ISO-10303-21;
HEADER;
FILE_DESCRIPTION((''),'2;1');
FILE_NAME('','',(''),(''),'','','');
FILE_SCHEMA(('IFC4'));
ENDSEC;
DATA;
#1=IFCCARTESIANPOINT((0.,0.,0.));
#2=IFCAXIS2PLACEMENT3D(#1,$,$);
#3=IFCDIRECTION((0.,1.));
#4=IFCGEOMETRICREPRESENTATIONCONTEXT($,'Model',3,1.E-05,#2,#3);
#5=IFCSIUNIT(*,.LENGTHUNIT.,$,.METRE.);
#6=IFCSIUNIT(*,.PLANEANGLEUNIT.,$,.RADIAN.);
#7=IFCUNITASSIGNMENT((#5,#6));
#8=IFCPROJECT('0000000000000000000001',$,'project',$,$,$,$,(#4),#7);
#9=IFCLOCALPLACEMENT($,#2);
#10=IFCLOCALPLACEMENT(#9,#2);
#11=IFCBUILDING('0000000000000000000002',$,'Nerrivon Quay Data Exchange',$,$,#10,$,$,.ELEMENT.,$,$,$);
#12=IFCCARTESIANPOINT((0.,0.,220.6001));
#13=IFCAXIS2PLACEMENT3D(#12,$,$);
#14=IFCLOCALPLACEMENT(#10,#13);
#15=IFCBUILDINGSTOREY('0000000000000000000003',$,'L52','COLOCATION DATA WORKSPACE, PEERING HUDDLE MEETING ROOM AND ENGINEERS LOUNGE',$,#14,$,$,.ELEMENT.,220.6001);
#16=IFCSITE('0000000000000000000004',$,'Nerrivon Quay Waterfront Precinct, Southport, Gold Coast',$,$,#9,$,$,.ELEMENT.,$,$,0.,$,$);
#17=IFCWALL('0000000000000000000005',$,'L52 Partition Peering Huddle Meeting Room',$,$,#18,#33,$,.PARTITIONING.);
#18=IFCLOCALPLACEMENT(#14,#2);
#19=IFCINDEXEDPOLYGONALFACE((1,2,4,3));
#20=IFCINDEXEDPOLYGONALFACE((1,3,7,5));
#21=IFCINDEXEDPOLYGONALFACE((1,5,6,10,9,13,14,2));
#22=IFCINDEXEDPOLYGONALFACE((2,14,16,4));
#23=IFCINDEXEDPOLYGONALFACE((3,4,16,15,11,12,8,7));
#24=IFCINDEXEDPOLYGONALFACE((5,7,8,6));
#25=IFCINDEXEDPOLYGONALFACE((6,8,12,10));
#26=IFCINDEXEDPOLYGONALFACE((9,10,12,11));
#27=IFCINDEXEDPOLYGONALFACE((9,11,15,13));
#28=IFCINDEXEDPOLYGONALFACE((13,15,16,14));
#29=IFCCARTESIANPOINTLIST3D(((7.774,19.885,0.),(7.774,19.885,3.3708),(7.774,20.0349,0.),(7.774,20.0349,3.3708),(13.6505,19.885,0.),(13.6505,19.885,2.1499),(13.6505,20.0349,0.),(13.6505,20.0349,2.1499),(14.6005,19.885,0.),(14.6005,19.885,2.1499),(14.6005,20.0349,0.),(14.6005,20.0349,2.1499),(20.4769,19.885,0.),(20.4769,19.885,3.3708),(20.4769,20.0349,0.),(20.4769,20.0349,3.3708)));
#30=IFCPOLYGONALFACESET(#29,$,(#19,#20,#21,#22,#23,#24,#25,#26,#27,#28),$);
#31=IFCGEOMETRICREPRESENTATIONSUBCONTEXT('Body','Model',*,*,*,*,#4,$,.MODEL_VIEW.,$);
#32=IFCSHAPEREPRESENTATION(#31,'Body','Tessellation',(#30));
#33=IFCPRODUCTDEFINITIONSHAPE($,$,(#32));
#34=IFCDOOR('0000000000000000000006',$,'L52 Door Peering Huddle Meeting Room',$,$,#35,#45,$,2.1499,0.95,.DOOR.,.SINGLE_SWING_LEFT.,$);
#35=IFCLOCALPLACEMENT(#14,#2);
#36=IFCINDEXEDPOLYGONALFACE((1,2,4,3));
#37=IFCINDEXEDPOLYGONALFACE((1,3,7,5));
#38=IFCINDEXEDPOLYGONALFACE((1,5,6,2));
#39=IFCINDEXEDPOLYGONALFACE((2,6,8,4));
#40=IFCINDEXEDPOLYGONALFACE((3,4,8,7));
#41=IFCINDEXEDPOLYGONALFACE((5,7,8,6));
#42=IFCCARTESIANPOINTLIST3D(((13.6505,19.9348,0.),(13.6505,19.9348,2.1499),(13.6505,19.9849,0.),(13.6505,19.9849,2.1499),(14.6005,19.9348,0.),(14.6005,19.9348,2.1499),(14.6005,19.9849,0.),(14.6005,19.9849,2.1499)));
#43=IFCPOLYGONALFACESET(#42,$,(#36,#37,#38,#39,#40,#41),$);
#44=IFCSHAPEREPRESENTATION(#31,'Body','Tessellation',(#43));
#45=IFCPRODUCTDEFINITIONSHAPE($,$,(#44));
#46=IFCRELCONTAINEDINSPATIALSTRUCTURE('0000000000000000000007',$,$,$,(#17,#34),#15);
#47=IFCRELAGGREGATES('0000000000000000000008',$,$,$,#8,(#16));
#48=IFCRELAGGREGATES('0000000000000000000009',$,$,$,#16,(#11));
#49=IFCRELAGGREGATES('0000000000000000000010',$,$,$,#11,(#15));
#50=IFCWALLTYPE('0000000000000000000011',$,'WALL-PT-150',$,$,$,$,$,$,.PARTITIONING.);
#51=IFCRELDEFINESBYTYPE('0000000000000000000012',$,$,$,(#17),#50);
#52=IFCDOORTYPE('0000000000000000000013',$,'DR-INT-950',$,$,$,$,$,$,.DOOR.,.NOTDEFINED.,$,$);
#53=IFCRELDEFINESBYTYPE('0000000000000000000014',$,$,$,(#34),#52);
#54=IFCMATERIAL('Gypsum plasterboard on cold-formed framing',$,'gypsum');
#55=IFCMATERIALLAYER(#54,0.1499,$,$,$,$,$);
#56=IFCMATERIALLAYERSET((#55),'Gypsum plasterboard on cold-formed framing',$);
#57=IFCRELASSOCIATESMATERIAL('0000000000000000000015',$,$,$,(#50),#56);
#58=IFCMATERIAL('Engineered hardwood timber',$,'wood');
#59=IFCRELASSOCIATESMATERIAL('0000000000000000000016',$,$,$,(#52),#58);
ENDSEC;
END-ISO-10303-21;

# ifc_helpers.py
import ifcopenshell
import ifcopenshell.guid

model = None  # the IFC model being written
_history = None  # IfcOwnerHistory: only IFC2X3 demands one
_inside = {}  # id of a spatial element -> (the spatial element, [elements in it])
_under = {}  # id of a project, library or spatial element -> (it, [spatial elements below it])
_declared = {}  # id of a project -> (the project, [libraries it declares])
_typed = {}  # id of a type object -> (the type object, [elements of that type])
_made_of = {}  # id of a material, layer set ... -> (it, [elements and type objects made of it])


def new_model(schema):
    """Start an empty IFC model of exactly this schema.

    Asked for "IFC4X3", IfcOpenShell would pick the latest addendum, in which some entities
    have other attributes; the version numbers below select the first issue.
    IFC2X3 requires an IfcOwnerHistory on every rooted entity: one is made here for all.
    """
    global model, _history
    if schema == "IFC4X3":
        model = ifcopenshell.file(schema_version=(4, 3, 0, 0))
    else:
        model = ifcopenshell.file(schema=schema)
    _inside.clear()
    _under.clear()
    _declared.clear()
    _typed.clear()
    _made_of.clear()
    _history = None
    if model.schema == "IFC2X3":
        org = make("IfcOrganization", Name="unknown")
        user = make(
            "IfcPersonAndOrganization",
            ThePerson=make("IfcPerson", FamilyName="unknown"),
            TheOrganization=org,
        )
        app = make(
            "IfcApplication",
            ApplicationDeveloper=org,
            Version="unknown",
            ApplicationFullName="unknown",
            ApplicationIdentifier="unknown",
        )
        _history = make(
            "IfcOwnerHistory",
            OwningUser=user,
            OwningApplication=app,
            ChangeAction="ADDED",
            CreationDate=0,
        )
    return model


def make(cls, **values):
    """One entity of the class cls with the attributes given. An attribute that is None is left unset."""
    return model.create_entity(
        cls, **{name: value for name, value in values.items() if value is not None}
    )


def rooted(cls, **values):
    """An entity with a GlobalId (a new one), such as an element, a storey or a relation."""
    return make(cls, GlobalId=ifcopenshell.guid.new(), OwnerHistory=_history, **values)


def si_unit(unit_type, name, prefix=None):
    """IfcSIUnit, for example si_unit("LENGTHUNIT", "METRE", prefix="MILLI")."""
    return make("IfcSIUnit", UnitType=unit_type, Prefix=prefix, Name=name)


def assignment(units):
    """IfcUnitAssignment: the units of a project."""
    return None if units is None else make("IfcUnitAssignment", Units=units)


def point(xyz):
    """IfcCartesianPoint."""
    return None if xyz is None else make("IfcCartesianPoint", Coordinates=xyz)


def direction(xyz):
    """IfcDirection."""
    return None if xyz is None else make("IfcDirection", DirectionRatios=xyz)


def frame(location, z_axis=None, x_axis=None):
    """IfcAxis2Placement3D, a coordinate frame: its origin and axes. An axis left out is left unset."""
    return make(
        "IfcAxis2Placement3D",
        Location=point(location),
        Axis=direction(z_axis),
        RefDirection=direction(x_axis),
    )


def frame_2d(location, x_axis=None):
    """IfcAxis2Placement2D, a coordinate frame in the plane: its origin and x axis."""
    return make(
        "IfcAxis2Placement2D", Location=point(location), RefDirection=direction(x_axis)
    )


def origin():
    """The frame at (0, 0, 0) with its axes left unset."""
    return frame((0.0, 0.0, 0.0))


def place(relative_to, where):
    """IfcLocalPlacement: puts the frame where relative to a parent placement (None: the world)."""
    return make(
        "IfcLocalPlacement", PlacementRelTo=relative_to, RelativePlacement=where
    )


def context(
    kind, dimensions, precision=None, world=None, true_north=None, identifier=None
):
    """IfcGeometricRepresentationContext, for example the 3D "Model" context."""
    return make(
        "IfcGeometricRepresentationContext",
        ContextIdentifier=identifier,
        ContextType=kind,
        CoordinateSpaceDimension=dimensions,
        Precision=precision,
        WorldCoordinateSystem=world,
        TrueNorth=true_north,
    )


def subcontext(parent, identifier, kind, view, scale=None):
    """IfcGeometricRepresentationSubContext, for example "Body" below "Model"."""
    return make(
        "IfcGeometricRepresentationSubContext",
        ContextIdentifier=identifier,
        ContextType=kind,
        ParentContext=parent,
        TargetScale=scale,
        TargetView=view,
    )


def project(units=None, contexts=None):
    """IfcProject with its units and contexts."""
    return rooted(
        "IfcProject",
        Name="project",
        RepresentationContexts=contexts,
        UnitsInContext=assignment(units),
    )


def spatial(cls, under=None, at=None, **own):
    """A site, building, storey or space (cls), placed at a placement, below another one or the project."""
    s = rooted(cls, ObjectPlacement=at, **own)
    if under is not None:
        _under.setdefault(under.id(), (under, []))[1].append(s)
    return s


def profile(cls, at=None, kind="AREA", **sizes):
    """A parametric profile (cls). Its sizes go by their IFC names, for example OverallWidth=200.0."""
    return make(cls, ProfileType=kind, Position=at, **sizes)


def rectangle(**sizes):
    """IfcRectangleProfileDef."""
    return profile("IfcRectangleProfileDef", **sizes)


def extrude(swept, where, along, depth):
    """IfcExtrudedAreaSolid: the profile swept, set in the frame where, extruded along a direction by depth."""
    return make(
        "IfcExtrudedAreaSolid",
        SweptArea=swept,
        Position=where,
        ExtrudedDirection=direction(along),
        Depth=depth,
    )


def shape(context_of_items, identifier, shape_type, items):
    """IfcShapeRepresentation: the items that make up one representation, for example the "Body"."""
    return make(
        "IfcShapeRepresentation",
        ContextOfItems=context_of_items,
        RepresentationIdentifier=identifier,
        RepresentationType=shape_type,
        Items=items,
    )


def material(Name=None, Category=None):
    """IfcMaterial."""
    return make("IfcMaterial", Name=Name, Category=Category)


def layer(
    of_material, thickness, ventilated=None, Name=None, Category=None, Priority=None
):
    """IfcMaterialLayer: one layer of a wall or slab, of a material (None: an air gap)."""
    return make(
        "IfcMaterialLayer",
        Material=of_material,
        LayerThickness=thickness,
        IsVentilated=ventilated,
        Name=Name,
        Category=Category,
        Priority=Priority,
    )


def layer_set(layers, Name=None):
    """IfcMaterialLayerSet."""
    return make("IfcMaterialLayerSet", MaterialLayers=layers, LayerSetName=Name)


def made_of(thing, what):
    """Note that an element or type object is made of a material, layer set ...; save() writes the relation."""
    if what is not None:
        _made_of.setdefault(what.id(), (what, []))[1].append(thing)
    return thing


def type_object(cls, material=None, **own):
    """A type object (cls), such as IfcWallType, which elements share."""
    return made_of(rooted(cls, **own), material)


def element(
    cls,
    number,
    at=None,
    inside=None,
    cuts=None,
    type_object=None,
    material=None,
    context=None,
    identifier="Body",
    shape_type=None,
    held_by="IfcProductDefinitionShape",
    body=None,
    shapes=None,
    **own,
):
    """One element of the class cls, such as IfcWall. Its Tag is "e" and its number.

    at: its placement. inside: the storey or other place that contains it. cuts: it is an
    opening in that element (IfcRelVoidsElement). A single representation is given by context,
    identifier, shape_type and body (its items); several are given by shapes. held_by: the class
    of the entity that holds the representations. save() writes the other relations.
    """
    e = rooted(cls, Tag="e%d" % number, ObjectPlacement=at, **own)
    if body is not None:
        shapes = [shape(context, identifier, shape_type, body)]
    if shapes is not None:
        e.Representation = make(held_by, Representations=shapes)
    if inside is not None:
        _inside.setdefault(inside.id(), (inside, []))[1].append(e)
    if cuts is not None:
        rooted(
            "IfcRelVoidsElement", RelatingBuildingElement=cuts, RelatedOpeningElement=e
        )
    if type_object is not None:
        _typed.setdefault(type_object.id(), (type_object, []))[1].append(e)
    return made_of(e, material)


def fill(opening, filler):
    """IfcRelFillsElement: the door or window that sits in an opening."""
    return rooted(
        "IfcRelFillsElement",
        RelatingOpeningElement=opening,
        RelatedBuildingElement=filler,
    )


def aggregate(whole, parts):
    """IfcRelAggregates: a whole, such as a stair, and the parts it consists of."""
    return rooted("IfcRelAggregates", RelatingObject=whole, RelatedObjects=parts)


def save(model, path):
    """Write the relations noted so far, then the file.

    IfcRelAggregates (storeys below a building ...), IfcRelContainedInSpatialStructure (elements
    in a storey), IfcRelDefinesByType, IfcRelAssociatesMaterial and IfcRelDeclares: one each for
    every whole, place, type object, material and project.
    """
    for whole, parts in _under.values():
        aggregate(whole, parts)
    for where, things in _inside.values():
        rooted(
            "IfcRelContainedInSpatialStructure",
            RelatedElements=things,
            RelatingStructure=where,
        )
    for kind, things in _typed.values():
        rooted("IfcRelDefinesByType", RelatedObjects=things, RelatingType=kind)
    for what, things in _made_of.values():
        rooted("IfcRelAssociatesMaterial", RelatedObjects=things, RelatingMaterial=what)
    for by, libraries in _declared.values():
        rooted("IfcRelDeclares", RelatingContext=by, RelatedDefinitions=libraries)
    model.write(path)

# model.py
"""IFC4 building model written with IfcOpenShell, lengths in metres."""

from ifc_helpers import new_model, si_unit, direction, frame, frame_2d, origin, place, context, subcontext, project, spatial, rectangle, extrude, material, layer, layer_set, type_object, element, fill, save


model = new_model("IFC4")

# Units and contexts
model_context = context("Model", 3, precision=1e-05, world=origin(), true_north=direction((0.0, 1.0)))
body_context = subcontext(model_context, "Body", "Model", "MODEL_VIEW")
ifc_project = project(units=[si_unit("LENGTHUNIT", "METRE"), si_unit("PLANEANGLEUNIT", "RADIAN")], contexts=[model_context])

# Site, building, storey
site_placement = place(None, origin())
site = spatial("IfcSite", under=ifc_project, at=site_placement, Name="Nerrivon Quay Waterfront Precinct, Southport, Gold Coast", CompositionType="ELEMENT", RefElevation=0.0)
building_placement = place(site_placement, origin())
building = spatial("IfcBuilding", under=site, at=building_placement, Name="Nerrivon Quay Data Exchange", CompositionType="ELEMENT")
storey_placement = place(building_placement, frame((0.0, 0.0, 220.6001)))
storey = spatial("IfcBuildingStorey", under=building, at=storey_placement, Name="L52", Description="COLOCATION DATA WORKSPACE, PEERING HUDDLE MEETING ROOM AND ENGINEERS LOUNGE", CompositionType="ELEMENT", Elevation=220.6001)

# Shared definitions
ifc_material_1 = material(Name="Gypsum plasterboard on cold-formed framing", Category="gypsum")

# Shared definitions
ifc_layer_1 = layer(ifc_material_1, 0.1499)
ifc_layer_set_1 = layer_set([ifc_layer_1], Name="Gypsum plasterboard on cold-formed framing")
wall_type_1 = type_object("IfcWallType", Name="WALL-PT-150", PredefinedType="PARTITIONING", material=ifc_layer_set_1)
ifc_material_2 = material(Name="Engineered hardwood timber", Category="wood")
door_type_1 = type_object("IfcDoorType", Name="DR-INT-950", OperationType="NOTDEFINED", PredefinedType="DOOR", material=ifc_material_2)

# Wall, opening, door
wall_1_placement = place(storey_placement, frame((7.7739, 19.96, 0.0), z_axis=(0.0, 0.0, 1.0), x_axis=(1.0, 0.0, 0.0)))
wall_1 = element("IfcWall", 1, at=wall_1_placement, inside=storey, type_object=wall_type_1, Name="L52 Partition Peering Huddle Meeting Room", PredefinedType="PARTITIONING", context=body_context, shape_type="SweptSolid", body=[
    extrude(rectangle(XDim=12.7029, YDim=0.1499, at=frame_2d((6.3516, 0.0))), origin(), (0.0, 0.0, 1.0), 3.3708),
])
opening_1_placement = place(wall_1_placement, frame((5.8765, 0.0, 0.0)))
opening_1 = element("IfcOpeningElement", 2, at=opening_1_placement, cuts=wall_1, PredefinedType="OPENING", context=body_context, shape_type="SweptSolid", body=[
    extrude(rectangle(XDim=0.95, YDim=2.1499, at=frame_2d((0.4751, 1.075))), frame((0.0, 0.085, 0.0), z_axis=(0.0, -1.0, 0.0), x_axis=(1.0, 0.0, 0.0)), (0.0, 0.0, 1.0), 0.1699),
])
door_1_placement = place(opening_1_placement, origin())
door_1 = element("IfcDoor", 3, at=door_1_placement, inside=storey, type_object=door_type_1, Name="L52 Door Peering Huddle Meeting Room", OperationType="SINGLE_SWING_LEFT", OverallHeight=2.1499, OverallWidth=0.95, PredefinedType="DOOR", context=body_context, shape_type="SweptSolid", body=[
    extrude(rectangle(XDim=0.95, YDim=2.1499, at=frame_2d((0.4751, 1.075))), frame((0.0, 0.0249, 0.0), z_axis=(0.0, -1.0, 0.0), x_axis=(1.0, 0.0, 0.0)), (0.0, 0.0, 1.0), 0.05),
])
fill(opening_1, door_1)

save(model, "model.ifc")
